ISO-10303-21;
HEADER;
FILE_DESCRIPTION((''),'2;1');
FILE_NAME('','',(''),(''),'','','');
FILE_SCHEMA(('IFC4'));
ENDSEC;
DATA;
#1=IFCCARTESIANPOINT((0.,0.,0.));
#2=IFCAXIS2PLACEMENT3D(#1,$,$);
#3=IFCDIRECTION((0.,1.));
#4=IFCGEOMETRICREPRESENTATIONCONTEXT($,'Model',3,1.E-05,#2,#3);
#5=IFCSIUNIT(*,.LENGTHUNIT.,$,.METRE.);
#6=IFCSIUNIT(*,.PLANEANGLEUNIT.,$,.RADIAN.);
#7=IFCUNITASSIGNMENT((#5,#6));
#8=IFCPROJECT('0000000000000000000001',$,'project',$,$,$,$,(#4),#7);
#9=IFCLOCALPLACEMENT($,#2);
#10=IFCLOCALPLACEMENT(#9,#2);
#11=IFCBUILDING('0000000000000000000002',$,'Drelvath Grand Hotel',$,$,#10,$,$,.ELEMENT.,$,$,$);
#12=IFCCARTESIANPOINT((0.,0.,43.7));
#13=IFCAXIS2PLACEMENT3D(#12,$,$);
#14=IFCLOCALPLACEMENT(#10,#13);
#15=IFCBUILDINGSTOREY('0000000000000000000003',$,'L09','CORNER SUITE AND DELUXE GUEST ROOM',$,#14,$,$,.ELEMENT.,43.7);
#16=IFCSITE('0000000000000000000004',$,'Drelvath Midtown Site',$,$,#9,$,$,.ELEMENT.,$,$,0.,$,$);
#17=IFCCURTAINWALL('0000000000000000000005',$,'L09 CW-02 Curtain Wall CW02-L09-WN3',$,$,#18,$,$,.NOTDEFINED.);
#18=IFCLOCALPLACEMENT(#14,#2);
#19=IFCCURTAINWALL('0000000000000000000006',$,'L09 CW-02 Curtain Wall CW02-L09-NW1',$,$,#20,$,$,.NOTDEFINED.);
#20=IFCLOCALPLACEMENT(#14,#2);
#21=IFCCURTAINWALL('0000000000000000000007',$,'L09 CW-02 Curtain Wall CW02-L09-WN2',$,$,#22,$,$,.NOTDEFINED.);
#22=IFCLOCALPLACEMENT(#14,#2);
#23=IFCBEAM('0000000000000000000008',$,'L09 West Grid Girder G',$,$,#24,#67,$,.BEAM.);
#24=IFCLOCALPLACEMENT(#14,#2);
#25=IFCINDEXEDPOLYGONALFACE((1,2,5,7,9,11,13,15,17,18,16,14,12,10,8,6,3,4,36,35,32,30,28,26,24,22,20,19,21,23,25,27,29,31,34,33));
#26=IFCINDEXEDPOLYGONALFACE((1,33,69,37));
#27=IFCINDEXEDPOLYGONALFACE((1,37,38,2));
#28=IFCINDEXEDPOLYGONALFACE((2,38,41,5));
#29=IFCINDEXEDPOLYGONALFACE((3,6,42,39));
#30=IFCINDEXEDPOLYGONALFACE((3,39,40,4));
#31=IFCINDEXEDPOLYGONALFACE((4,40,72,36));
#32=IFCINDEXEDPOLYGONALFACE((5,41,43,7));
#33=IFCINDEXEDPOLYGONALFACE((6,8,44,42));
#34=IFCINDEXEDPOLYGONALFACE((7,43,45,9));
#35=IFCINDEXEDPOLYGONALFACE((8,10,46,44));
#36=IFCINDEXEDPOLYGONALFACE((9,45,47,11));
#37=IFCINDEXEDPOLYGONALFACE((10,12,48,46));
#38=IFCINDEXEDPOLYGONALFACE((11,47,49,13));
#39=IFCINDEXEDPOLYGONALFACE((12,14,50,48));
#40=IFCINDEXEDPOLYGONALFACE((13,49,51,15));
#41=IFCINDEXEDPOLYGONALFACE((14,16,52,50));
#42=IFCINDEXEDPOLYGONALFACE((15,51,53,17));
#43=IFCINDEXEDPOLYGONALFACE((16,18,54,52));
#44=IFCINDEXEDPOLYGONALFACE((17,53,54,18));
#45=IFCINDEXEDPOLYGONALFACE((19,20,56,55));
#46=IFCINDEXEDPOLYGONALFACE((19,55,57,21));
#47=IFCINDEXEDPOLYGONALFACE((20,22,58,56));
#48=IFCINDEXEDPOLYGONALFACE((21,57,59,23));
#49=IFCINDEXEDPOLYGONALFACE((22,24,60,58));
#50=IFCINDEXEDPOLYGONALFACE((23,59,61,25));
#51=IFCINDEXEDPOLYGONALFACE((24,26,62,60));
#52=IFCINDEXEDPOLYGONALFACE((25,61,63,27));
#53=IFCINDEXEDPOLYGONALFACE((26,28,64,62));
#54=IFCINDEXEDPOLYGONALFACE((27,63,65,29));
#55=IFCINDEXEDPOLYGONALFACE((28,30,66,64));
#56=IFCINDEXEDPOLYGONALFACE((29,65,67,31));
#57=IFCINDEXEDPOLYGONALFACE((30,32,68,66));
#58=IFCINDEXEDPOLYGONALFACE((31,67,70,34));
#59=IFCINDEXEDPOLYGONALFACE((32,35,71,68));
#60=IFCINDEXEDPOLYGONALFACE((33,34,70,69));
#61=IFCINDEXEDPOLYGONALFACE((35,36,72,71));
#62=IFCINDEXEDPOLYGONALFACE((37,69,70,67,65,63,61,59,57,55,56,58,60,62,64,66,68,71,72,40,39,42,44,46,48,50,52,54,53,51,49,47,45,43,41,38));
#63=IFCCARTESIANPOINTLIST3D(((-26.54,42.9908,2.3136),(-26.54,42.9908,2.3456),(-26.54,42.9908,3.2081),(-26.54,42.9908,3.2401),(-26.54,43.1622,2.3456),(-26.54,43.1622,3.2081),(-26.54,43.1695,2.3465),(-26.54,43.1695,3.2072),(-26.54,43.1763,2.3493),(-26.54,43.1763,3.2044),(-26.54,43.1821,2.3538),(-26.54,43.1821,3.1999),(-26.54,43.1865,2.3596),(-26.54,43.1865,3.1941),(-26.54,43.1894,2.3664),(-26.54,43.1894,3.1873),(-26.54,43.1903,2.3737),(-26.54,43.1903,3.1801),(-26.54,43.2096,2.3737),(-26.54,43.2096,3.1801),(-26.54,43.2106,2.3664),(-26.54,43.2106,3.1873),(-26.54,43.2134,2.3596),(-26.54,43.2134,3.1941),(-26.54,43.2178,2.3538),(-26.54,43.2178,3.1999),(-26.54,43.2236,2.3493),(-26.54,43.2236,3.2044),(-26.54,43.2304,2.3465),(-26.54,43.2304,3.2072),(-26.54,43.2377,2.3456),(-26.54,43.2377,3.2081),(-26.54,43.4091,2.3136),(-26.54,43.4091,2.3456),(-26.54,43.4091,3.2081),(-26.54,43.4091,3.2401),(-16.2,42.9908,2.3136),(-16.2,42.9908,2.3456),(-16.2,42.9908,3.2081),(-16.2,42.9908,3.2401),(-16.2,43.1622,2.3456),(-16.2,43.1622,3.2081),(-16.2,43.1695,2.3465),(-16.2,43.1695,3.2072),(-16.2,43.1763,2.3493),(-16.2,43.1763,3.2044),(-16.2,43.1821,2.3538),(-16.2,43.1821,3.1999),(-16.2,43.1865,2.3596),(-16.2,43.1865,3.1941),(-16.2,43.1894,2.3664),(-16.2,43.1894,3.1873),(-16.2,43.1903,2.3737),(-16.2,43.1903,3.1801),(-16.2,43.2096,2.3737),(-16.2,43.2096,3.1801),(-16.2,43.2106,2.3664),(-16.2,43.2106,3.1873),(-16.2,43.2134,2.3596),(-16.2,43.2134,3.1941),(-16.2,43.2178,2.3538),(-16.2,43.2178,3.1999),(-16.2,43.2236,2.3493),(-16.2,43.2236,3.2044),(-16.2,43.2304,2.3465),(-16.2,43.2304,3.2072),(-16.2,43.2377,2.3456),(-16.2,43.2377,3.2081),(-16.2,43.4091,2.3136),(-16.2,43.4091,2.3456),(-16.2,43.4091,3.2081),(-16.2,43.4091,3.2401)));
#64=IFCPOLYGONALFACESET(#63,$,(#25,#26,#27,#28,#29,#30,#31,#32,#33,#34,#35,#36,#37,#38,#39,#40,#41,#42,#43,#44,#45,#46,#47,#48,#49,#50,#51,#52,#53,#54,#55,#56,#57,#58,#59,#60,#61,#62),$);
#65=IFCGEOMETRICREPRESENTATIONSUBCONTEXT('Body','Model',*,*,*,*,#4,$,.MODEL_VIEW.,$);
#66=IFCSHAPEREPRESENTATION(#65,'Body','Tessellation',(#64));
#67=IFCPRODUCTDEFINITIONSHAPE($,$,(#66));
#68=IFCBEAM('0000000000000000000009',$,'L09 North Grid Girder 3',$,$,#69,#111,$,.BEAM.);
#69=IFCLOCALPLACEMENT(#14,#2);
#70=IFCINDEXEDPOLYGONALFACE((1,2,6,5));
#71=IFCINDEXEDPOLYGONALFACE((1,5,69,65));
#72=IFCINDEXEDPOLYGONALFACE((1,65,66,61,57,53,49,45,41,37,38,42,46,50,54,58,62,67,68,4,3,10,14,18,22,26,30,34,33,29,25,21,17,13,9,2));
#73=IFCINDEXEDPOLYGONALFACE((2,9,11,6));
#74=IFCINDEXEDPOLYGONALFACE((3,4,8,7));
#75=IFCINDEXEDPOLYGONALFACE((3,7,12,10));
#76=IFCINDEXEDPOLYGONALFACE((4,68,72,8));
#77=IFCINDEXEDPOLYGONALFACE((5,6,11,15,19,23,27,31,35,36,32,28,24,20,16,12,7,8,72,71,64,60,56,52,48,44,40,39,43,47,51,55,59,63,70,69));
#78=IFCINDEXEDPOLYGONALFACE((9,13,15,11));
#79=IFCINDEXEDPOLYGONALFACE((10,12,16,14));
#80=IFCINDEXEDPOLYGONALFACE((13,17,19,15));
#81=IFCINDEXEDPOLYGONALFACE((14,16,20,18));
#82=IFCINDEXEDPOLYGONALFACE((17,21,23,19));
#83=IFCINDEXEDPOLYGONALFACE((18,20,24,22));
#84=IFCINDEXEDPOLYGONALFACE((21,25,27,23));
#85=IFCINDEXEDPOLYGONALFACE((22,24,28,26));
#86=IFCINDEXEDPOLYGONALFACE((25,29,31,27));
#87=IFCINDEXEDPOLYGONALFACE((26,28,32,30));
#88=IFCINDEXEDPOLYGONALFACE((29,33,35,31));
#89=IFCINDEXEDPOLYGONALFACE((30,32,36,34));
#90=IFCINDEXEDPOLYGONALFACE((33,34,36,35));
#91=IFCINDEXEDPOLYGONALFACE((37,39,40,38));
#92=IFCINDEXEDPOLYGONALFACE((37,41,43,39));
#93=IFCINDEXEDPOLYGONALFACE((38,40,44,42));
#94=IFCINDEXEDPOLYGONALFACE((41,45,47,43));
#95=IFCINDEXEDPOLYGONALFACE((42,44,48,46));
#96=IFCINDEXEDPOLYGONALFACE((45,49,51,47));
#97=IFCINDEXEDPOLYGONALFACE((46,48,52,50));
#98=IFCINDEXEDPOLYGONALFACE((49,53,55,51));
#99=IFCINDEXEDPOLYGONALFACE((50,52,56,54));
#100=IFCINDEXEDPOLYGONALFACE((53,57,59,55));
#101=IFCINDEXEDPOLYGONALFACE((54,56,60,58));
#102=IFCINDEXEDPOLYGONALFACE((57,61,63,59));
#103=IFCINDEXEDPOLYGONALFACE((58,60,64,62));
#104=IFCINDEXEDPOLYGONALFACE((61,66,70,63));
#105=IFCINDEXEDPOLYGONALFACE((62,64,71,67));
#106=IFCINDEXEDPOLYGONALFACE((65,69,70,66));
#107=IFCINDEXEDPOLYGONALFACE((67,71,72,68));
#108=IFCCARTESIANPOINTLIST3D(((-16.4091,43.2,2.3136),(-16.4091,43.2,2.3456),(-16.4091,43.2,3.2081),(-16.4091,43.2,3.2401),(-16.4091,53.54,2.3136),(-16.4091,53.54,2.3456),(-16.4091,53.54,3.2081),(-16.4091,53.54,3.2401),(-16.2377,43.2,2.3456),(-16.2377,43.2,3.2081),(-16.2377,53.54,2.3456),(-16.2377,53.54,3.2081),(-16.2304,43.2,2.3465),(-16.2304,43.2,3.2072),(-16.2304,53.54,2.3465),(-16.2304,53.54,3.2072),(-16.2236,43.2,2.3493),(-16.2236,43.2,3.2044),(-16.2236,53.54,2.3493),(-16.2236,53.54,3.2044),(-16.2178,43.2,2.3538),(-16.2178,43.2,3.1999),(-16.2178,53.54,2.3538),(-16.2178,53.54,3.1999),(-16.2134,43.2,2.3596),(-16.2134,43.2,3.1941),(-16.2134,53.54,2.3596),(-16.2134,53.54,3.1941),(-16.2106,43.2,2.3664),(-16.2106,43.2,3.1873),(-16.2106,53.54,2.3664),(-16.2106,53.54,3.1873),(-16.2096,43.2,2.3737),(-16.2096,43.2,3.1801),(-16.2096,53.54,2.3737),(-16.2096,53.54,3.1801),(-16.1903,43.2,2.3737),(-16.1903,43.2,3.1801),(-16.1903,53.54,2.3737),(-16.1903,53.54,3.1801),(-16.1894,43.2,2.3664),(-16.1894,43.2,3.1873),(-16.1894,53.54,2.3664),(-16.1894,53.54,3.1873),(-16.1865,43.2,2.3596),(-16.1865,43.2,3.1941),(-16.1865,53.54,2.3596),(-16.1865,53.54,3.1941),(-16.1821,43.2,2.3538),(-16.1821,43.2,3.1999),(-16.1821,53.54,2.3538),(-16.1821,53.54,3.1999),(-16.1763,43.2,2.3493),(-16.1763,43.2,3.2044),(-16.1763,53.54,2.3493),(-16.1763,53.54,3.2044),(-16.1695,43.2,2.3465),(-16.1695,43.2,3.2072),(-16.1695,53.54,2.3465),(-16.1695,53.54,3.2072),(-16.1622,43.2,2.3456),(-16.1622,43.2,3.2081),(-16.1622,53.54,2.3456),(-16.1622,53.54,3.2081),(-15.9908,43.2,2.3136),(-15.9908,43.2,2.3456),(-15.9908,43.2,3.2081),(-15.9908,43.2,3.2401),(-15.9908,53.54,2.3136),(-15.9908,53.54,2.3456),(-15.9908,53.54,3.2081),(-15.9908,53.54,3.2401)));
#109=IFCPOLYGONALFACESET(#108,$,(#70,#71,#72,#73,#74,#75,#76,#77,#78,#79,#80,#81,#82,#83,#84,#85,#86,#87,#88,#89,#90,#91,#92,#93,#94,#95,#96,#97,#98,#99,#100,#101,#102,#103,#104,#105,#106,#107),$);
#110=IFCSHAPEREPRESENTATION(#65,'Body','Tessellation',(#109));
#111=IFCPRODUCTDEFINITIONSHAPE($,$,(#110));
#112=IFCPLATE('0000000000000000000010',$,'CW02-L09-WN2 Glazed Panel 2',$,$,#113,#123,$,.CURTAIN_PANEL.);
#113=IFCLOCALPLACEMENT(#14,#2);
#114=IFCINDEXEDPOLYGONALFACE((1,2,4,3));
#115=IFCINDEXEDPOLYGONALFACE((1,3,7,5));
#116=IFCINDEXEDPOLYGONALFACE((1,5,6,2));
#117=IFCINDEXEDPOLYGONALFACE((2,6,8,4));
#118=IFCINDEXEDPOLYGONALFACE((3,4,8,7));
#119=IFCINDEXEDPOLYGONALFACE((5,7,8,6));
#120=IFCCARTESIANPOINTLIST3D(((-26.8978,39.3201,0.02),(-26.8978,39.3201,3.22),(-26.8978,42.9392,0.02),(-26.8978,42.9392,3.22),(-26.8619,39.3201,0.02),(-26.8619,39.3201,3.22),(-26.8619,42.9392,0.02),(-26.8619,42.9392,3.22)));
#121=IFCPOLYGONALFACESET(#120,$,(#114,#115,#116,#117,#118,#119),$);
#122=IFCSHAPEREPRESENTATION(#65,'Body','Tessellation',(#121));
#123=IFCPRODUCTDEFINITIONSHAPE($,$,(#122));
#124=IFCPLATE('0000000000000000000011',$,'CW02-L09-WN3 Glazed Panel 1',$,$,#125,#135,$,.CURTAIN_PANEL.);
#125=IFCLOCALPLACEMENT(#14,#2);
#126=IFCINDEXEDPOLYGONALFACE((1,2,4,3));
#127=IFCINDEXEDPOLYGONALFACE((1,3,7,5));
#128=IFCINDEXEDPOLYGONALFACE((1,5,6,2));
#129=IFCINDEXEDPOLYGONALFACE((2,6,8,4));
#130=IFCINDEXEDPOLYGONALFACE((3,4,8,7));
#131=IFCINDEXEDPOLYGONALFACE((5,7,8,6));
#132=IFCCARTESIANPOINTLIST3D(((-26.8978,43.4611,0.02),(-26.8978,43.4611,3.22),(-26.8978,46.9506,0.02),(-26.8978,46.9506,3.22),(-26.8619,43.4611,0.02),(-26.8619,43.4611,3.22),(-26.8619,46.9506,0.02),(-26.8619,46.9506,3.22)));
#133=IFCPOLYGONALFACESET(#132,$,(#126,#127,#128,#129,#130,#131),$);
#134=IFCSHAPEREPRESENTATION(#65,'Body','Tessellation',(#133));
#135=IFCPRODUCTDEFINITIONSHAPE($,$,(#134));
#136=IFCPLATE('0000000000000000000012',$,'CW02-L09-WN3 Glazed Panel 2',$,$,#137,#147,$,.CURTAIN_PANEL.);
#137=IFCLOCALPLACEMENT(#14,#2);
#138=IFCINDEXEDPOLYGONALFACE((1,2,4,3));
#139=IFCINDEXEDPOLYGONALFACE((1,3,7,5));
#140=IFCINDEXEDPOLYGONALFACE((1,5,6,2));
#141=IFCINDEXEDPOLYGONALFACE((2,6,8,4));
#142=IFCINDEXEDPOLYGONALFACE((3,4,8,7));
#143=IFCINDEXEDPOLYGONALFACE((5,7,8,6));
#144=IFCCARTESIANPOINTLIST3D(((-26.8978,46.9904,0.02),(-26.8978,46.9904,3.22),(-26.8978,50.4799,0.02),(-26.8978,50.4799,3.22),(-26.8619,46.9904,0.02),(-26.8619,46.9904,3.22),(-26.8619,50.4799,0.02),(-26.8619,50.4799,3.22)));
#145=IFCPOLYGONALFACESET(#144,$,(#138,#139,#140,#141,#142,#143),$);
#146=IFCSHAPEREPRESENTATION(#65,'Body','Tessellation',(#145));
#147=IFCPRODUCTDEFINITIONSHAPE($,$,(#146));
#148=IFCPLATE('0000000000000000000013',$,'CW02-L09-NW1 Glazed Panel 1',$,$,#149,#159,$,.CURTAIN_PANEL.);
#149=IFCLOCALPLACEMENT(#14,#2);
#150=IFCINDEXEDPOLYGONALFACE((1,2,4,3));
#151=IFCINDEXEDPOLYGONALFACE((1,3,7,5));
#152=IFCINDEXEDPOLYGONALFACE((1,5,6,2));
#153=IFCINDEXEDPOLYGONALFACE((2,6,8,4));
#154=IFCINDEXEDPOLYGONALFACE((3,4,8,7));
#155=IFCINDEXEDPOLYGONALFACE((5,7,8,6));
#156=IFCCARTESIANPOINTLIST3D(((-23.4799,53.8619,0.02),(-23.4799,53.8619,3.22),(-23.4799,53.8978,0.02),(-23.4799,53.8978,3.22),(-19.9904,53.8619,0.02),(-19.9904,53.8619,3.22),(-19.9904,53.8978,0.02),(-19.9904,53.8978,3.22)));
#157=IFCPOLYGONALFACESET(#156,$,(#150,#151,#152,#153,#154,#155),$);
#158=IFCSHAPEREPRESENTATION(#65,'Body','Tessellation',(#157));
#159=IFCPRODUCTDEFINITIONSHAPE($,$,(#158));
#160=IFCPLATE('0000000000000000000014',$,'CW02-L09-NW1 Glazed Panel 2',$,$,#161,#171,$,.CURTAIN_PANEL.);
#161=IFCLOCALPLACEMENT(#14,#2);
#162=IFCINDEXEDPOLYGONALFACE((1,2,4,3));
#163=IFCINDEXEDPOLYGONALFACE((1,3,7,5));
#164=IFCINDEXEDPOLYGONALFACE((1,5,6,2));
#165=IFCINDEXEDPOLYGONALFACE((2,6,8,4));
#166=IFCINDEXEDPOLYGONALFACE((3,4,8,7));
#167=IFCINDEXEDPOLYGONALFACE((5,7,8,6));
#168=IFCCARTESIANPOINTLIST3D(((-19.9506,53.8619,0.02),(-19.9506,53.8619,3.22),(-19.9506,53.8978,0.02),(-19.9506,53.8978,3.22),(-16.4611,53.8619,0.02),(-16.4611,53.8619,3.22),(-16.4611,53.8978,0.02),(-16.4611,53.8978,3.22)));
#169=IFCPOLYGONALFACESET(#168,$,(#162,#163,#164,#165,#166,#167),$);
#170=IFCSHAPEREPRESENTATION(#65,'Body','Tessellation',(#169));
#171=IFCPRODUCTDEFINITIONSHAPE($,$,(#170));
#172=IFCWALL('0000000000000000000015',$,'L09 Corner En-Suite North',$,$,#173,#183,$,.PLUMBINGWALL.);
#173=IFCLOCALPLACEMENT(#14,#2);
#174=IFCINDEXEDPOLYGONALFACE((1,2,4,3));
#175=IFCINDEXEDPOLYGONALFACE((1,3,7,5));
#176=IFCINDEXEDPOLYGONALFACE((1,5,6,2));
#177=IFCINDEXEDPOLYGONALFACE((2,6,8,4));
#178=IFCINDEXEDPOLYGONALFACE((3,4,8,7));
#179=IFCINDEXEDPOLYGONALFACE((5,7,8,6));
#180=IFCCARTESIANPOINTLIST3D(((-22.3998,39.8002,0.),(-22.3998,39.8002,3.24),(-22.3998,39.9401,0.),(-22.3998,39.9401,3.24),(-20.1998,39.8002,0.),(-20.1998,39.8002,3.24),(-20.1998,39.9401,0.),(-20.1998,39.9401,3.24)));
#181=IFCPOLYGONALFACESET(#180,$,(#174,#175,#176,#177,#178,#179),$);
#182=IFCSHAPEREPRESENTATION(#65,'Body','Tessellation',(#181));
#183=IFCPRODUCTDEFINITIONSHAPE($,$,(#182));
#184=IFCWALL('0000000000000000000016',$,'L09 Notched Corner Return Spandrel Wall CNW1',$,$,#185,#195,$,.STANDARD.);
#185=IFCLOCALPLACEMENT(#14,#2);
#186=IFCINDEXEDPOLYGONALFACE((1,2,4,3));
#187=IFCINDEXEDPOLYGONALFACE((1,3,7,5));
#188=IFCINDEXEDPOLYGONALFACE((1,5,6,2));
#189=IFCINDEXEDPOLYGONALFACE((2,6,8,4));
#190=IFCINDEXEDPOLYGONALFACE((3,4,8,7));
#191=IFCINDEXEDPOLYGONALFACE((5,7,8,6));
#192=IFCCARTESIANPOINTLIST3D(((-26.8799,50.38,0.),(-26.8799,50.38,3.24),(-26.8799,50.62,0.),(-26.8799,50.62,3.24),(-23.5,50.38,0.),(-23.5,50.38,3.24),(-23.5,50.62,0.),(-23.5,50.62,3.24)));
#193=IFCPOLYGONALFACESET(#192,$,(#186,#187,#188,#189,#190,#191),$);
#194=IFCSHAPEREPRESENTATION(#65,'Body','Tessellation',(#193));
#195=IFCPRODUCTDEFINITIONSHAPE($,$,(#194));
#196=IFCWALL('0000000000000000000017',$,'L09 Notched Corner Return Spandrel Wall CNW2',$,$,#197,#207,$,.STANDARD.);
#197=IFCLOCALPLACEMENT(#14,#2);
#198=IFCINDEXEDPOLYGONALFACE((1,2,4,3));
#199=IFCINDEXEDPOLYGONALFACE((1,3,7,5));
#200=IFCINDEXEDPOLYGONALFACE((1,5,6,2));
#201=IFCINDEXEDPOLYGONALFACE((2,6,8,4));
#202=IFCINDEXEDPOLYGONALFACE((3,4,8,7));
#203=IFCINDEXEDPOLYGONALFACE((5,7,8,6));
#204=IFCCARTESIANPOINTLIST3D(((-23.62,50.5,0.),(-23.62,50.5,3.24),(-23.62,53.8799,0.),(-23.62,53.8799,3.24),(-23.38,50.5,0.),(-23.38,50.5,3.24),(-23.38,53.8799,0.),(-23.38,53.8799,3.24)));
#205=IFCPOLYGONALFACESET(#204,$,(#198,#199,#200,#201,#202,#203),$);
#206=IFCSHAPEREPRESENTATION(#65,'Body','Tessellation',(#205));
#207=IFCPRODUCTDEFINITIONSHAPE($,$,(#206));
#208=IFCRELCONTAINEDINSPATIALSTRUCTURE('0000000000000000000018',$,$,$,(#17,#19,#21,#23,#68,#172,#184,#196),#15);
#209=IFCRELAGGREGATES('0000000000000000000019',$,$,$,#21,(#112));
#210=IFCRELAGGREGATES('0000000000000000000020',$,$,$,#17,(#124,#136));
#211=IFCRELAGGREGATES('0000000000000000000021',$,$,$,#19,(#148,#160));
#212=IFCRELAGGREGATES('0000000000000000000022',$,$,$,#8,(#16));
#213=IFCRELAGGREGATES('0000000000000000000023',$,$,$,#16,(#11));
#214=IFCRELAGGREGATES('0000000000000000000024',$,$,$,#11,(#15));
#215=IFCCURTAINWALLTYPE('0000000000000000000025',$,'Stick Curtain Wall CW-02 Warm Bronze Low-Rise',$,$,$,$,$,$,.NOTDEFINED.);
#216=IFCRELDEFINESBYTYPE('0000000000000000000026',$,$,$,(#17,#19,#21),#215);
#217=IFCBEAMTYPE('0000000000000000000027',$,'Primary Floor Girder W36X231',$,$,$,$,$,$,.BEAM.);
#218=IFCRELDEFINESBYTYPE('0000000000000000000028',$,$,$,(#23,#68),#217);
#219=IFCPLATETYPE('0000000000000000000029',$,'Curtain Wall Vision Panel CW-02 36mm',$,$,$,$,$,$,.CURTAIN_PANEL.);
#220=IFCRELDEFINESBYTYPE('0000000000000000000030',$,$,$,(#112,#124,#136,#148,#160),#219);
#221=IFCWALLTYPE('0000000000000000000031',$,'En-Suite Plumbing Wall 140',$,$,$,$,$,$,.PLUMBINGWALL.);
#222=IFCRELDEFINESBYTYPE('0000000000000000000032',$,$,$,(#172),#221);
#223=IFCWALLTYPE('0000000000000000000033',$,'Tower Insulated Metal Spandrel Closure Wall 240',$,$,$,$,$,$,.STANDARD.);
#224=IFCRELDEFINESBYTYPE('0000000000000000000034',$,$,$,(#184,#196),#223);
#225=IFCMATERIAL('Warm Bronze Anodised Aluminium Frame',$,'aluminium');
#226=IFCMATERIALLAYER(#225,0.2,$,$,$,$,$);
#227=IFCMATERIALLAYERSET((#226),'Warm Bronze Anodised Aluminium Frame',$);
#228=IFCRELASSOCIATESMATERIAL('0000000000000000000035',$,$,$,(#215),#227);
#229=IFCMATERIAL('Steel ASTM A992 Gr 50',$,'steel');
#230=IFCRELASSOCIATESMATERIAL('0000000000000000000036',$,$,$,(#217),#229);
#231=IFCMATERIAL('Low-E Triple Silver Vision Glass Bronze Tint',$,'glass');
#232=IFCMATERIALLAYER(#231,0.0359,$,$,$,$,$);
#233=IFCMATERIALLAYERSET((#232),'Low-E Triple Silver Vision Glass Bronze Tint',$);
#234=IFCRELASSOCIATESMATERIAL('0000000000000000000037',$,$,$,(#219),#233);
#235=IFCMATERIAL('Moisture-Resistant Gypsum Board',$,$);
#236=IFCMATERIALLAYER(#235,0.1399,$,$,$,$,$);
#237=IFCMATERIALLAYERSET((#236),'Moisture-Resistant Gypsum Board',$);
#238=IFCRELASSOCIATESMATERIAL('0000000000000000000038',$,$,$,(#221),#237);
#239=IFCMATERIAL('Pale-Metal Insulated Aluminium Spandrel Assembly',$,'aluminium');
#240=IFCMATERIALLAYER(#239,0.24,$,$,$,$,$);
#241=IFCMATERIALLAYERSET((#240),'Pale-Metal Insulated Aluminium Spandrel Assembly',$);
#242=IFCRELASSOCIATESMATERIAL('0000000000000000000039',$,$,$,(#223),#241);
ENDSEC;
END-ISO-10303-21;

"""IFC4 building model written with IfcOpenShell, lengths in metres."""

from ifc_helpers import new_model, si_unit, direction, frame, frame_2d, origin, origin_2d, place, context, subcontext, project, spatial, rectangle, i_section, extrude, material, layer, layer_set, material_profile, profile_set, type_object, element, aggregate, save


model = new_model("IFC4")

# Units and contexts
model_context = context("Model", 3, precision=1e-05, world=origin(), true_north=direction((0.0, 1.0)))
body_context = subcontext(model_context, "Body", "Model", "MODEL_VIEW")
ifc_project = project(units=[si_unit("LENGTHUNIT", "METRE"), si_unit("PLANEANGLEUNIT", "RADIAN")], contexts=[model_context])

# Site, building, storey
site_placement = place(None, origin())
site = spatial("IfcSite", under=ifc_project, at=site_placement, Name="Drelvath Midtown Site", CompositionType="ELEMENT", RefElevation=0.0)
building_placement = place(site_placement, origin())
building = spatial("IfcBuilding", under=site, at=building_placement, Name="Drelvath Grand Hotel", CompositionType="ELEMENT")
storey_placement = place(building_placement, frame((0.0, 0.0, 43.7)))
storey = spatial("IfcBuildingStorey", under=building, at=storey_placement, Name="L09", Description="CORNER SUITE AND DELUXE GUEST ROOM", CompositionType="ELEMENT", Elevation=43.7)

# Shared definitions
ifc_material_1 = material(Name="Steel ASTM A992 Gr 50", Category="steel")

# Curtain walls
ifc_material_2 = material(Name="Warm Bronze Anodised Aluminium Frame", Category="aluminium")
ifc_layer_1 = layer(ifc_material_2, 0.2)
ifc_layer_set_1 = layer_set([ifc_layer_1], Name="Warm Bronze Anodised Aluminium Frame")
curtain_wall_type = type_object("IfcCurtainWallType", Name="Stick Curtain Wall CW-02 Warm Bronze Low-Rise", PredefinedType="NOTDEFINED", material=ifc_layer_set_1)
curtain_wall_1_placement = place(storey_placement, origin())
curtain_wall_1 = element("IfcCurtainWall", 1, at=curtain_wall_1_placement, inside=storey, type_object=curtain_wall_type, Name="L09 CW-02 Curtain Wall CW02-L09-WN3", PredefinedType="NOTDEFINED")
curtain_wall_2_placement = place(storey_placement, origin())
curtain_wall_2 = element("IfcCurtainWall", 2, at=curtain_wall_2_placement, inside=storey, type_object=curtain_wall_type, Name="L09 CW-02 Curtain Wall CW02-L09-NW1", PredefinedType="NOTDEFINED")

# Curtain wall
curtain_wall_3_placement = place(storey_placement, origin())
curtain_wall_3 = element("IfcCurtainWall", 3, at=curtain_wall_3_placement, inside=storey, type_object=curtain_wall_type, Name="L09 CW-02 Curtain Wall CW02-L09-WN2", PredefinedType="NOTDEFINED")

# Beams
ifc_material_profile_1 = material_profile(ifc_material_1, i_section(OverallWidth=0.4182, OverallDepth=0.9265, WebThickness=0.0193, FlangeThickness=0.032, FilletRadius=0.0281, at=origin_2d()), Name="W36X231")
ifc_profile_set_1 = profile_set([ifc_material_profile_1], Name="Steel ASTM A992 Gr 50")
beam_type_1 = type_object("IfcBeamType", Name="Primary Floor Girder W36X231", PredefinedType="BEAM", material=ifc_profile_set_1)
for number, where, z_axis, x_axis, name in (
    (4, (-26.54, 43.2, 2.7769), (1.0, 0.0, 0.0), (0.0, 1.0, 0.0), "L09 West Grid Girder G"),
    (5, (-16.2, 43.2, 2.7769), (0.0, 1.0, 0.0), (-1.0, 0.0, 0.0), "L09 North Grid Girder 3"),
):
    element("IfcBeam", number, at=place(storey_placement, frame(where, z_axis=z_axis, x_axis=x_axis)), inside=storey, type_object=beam_type_1, Name=name, PredefinedType="BEAM", context=body_context, shape_type="SweptSolid", body=[
        extrude(i_section(OverallWidth=0.4182, OverallDepth=0.9265, WebThickness=0.0193, FlangeThickness=0.032, FilletRadius=0.0281, at=origin_2d()), origin(), (0.0, 0.0, 1.0), 10.3401),
    ])

# Plates
ifc_material_3 = material(Name="Low-E Triple Silver Vision Glass Bronze Tint", Category="glass")
ifc_layer_2 = layer(ifc_material_3, 0.0359)
ifc_layer_set_2 = layer_set([ifc_layer_2], Name="Low-E Triple Silver Vision Glass Bronze Tint")
plate_type = type_object("IfcPlateType", Name="Curtain Wall Vision Panel CW-02 36mm", PredefinedType="CURTAIN_PANEL", material=ifc_layer_set_2)
plate_1_placement = place(storey_placement, frame((-26.8799, 41.1296, 0.02), z_axis=(0.0, 0.0, 1.0), x_axis=(0.0, 1.0, 0.0)))
plate_1 = element("IfcPlate", 6, at=plate_1_placement, type_object=plate_type, Name="CW02-L09-WN2 Glazed Panel 2", PredefinedType="CURTAIN_PANEL", context=body_context, shape_type="SweptSolid", body=[
    extrude(rectangle(XDim=3.6191, YDim=0.0359, at=origin_2d()), origin(), (0.0, 0.0, 1.0), 3.2),
])
aggregate(curtain_wall_3, [plate_1])
plate_2_placement = place(storey_placement, frame((-26.8799, 45.2058, 0.02), z_axis=(0.0, 0.0, 1.0), x_axis=(0.0, 1.0, 0.0)))
plate_2 = element("IfcPlate", 7, at=plate_2_placement, type_object=plate_type, Name="CW02-L09-WN3 Glazed Panel 1", PredefinedType="CURTAIN_PANEL", context=body_context, shape_type="SweptSolid", body=[
    extrude(rectangle(XDim=3.4895, YDim=0.0359, at=origin_2d()), origin(), (0.0, 0.0, 1.0), 3.2),
])
plate_3_placement = place(storey_placement, frame((-26.8799, 48.7351, 0.02), z_axis=(0.0, 0.0, 1.0), x_axis=(0.0, 1.0, 0.0)))
plate_3 = element("IfcPlate", 8, at=plate_3_placement, type_object=plate_type, Name="CW02-L09-WN3 Glazed Panel 2", PredefinedType="CURTAIN_PANEL", context=body_context, shape_type="SweptSolid", body=[
    extrude(rectangle(XDim=3.4895, YDim=0.0359, at=origin_2d()), origin(), (0.0, 0.0, 1.0), 3.2),
])
aggregate(curtain_wall_1, [plate_2, plate_3])
plate_4_placement = place(storey_placement, frame((-21.7351, 53.8799, 0.02), z_axis=(0.0, 0.0, 1.0), x_axis=(1.0, 0.0, 0.0)))
plate_4 = element("IfcPlate", 9, at=plate_4_placement, type_object=plate_type, Name="CW02-L09-NW1 Glazed Panel 1", PredefinedType="CURTAIN_PANEL", context=body_context, shape_type="SweptSolid", body=[
    extrude(rectangle(XDim=3.4895, YDim=0.0359, at=origin_2d()), origin(), (0.0, 0.0, 1.0), 3.2),
])
plate_5_placement = place(storey_placement, frame((-18.2058, 53.8799, 0.02), z_axis=(0.0, 0.0, 1.0), x_axis=(1.0, 0.0, 0.0)))
plate_5 = element("IfcPlate", 10, at=plate_5_placement, type_object=plate_type, Name="CW02-L09-NW1 Glazed Panel 2", PredefinedType="CURTAIN_PANEL", context=body_context, shape_type="SweptSolid", body=[
    extrude(rectangle(XDim=3.4895, YDim=0.0359, at=origin_2d()), origin(), (0.0, 0.0, 1.0), 3.2),
])
aggregate(curtain_wall_2, [plate_4, plate_5])

# Walls
ifc_material_4 = material(Name="Moisture-Resistant Gypsum Board")
ifc_layer_3 = layer(ifc_material_4, 0.1399)
ifc_layer_set_3 = layer_set([ifc_layer_3], Name="Moisture-Resistant Gypsum Board")
wall_type_1 = type_object("IfcWallType", Name="En-Suite Plumbing Wall 140", PredefinedType="PLUMBINGWALL", material=ifc_layer_set_3)
wall_placement = place(storey_placement, frame((-22.3999, 39.8701, 0.0), z_axis=(0.0, 0.0, 1.0), x_axis=(1.0, 0.0, 0.0)))
element("IfcWall", 11, at=wall_placement, inside=storey, type_object=wall_type_1, Name="L09 Corner En-Suite North", PredefinedType="PLUMBINGWALL", context=body_context, shape_type="SweptSolid", body=[
    extrude(rectangle(XDim=2.2, YDim=0.1399, at=frame_2d((1.1001, 0.0))), origin(), (0.0, 0.0, 1.0), 3.24),
])
ifc_material_5 = material(Name="Pale-Metal Insulated Aluminium Spandrel Assembly", Category="aluminium")
ifc_layer_4 = layer(ifc_material_5, 0.24)
ifc_layer_set_4 = layer_set([ifc_layer_4], Name="Pale-Metal Insulated Aluminium Spandrel Assembly")
wall_type_2 = type_object("IfcWallType", Name="Tower Insulated Metal Spandrel Closure Wall 240", PredefinedType="STANDARD", material=ifc_layer_set_4)
for number, where, z_axis, x_axis, name in (
    (12, (-26.8799, 50.5, 0.0), (0.0, 0.0, 1.0), (1.0, 0.0, 0.0), "L09 Notched Corner Return Spandrel Wall CNW1"),
    (13, (-23.5, 50.5, 0.0), (0.0, 0.0, 1.0), (0.0, 1.0, 0.0), "L09 Notched Corner Return Spandrel Wall CNW2"),
):
    element("IfcWall", number, at=place(storey_placement, frame(where, z_axis=z_axis, x_axis=x_axis)), inside=storey, type_object=wall_type_2, Name=name, PredefinedType="STANDARD", context=body_context, shape_type="SweptSolid", body=[
        extrude(rectangle(XDim=3.3799, YDim=0.24, at=frame_2d((1.6899, 0.0))), origin(), (0.0, 0.0, 1.0), 3.24),
    ])

save(model, "model.ifc")
